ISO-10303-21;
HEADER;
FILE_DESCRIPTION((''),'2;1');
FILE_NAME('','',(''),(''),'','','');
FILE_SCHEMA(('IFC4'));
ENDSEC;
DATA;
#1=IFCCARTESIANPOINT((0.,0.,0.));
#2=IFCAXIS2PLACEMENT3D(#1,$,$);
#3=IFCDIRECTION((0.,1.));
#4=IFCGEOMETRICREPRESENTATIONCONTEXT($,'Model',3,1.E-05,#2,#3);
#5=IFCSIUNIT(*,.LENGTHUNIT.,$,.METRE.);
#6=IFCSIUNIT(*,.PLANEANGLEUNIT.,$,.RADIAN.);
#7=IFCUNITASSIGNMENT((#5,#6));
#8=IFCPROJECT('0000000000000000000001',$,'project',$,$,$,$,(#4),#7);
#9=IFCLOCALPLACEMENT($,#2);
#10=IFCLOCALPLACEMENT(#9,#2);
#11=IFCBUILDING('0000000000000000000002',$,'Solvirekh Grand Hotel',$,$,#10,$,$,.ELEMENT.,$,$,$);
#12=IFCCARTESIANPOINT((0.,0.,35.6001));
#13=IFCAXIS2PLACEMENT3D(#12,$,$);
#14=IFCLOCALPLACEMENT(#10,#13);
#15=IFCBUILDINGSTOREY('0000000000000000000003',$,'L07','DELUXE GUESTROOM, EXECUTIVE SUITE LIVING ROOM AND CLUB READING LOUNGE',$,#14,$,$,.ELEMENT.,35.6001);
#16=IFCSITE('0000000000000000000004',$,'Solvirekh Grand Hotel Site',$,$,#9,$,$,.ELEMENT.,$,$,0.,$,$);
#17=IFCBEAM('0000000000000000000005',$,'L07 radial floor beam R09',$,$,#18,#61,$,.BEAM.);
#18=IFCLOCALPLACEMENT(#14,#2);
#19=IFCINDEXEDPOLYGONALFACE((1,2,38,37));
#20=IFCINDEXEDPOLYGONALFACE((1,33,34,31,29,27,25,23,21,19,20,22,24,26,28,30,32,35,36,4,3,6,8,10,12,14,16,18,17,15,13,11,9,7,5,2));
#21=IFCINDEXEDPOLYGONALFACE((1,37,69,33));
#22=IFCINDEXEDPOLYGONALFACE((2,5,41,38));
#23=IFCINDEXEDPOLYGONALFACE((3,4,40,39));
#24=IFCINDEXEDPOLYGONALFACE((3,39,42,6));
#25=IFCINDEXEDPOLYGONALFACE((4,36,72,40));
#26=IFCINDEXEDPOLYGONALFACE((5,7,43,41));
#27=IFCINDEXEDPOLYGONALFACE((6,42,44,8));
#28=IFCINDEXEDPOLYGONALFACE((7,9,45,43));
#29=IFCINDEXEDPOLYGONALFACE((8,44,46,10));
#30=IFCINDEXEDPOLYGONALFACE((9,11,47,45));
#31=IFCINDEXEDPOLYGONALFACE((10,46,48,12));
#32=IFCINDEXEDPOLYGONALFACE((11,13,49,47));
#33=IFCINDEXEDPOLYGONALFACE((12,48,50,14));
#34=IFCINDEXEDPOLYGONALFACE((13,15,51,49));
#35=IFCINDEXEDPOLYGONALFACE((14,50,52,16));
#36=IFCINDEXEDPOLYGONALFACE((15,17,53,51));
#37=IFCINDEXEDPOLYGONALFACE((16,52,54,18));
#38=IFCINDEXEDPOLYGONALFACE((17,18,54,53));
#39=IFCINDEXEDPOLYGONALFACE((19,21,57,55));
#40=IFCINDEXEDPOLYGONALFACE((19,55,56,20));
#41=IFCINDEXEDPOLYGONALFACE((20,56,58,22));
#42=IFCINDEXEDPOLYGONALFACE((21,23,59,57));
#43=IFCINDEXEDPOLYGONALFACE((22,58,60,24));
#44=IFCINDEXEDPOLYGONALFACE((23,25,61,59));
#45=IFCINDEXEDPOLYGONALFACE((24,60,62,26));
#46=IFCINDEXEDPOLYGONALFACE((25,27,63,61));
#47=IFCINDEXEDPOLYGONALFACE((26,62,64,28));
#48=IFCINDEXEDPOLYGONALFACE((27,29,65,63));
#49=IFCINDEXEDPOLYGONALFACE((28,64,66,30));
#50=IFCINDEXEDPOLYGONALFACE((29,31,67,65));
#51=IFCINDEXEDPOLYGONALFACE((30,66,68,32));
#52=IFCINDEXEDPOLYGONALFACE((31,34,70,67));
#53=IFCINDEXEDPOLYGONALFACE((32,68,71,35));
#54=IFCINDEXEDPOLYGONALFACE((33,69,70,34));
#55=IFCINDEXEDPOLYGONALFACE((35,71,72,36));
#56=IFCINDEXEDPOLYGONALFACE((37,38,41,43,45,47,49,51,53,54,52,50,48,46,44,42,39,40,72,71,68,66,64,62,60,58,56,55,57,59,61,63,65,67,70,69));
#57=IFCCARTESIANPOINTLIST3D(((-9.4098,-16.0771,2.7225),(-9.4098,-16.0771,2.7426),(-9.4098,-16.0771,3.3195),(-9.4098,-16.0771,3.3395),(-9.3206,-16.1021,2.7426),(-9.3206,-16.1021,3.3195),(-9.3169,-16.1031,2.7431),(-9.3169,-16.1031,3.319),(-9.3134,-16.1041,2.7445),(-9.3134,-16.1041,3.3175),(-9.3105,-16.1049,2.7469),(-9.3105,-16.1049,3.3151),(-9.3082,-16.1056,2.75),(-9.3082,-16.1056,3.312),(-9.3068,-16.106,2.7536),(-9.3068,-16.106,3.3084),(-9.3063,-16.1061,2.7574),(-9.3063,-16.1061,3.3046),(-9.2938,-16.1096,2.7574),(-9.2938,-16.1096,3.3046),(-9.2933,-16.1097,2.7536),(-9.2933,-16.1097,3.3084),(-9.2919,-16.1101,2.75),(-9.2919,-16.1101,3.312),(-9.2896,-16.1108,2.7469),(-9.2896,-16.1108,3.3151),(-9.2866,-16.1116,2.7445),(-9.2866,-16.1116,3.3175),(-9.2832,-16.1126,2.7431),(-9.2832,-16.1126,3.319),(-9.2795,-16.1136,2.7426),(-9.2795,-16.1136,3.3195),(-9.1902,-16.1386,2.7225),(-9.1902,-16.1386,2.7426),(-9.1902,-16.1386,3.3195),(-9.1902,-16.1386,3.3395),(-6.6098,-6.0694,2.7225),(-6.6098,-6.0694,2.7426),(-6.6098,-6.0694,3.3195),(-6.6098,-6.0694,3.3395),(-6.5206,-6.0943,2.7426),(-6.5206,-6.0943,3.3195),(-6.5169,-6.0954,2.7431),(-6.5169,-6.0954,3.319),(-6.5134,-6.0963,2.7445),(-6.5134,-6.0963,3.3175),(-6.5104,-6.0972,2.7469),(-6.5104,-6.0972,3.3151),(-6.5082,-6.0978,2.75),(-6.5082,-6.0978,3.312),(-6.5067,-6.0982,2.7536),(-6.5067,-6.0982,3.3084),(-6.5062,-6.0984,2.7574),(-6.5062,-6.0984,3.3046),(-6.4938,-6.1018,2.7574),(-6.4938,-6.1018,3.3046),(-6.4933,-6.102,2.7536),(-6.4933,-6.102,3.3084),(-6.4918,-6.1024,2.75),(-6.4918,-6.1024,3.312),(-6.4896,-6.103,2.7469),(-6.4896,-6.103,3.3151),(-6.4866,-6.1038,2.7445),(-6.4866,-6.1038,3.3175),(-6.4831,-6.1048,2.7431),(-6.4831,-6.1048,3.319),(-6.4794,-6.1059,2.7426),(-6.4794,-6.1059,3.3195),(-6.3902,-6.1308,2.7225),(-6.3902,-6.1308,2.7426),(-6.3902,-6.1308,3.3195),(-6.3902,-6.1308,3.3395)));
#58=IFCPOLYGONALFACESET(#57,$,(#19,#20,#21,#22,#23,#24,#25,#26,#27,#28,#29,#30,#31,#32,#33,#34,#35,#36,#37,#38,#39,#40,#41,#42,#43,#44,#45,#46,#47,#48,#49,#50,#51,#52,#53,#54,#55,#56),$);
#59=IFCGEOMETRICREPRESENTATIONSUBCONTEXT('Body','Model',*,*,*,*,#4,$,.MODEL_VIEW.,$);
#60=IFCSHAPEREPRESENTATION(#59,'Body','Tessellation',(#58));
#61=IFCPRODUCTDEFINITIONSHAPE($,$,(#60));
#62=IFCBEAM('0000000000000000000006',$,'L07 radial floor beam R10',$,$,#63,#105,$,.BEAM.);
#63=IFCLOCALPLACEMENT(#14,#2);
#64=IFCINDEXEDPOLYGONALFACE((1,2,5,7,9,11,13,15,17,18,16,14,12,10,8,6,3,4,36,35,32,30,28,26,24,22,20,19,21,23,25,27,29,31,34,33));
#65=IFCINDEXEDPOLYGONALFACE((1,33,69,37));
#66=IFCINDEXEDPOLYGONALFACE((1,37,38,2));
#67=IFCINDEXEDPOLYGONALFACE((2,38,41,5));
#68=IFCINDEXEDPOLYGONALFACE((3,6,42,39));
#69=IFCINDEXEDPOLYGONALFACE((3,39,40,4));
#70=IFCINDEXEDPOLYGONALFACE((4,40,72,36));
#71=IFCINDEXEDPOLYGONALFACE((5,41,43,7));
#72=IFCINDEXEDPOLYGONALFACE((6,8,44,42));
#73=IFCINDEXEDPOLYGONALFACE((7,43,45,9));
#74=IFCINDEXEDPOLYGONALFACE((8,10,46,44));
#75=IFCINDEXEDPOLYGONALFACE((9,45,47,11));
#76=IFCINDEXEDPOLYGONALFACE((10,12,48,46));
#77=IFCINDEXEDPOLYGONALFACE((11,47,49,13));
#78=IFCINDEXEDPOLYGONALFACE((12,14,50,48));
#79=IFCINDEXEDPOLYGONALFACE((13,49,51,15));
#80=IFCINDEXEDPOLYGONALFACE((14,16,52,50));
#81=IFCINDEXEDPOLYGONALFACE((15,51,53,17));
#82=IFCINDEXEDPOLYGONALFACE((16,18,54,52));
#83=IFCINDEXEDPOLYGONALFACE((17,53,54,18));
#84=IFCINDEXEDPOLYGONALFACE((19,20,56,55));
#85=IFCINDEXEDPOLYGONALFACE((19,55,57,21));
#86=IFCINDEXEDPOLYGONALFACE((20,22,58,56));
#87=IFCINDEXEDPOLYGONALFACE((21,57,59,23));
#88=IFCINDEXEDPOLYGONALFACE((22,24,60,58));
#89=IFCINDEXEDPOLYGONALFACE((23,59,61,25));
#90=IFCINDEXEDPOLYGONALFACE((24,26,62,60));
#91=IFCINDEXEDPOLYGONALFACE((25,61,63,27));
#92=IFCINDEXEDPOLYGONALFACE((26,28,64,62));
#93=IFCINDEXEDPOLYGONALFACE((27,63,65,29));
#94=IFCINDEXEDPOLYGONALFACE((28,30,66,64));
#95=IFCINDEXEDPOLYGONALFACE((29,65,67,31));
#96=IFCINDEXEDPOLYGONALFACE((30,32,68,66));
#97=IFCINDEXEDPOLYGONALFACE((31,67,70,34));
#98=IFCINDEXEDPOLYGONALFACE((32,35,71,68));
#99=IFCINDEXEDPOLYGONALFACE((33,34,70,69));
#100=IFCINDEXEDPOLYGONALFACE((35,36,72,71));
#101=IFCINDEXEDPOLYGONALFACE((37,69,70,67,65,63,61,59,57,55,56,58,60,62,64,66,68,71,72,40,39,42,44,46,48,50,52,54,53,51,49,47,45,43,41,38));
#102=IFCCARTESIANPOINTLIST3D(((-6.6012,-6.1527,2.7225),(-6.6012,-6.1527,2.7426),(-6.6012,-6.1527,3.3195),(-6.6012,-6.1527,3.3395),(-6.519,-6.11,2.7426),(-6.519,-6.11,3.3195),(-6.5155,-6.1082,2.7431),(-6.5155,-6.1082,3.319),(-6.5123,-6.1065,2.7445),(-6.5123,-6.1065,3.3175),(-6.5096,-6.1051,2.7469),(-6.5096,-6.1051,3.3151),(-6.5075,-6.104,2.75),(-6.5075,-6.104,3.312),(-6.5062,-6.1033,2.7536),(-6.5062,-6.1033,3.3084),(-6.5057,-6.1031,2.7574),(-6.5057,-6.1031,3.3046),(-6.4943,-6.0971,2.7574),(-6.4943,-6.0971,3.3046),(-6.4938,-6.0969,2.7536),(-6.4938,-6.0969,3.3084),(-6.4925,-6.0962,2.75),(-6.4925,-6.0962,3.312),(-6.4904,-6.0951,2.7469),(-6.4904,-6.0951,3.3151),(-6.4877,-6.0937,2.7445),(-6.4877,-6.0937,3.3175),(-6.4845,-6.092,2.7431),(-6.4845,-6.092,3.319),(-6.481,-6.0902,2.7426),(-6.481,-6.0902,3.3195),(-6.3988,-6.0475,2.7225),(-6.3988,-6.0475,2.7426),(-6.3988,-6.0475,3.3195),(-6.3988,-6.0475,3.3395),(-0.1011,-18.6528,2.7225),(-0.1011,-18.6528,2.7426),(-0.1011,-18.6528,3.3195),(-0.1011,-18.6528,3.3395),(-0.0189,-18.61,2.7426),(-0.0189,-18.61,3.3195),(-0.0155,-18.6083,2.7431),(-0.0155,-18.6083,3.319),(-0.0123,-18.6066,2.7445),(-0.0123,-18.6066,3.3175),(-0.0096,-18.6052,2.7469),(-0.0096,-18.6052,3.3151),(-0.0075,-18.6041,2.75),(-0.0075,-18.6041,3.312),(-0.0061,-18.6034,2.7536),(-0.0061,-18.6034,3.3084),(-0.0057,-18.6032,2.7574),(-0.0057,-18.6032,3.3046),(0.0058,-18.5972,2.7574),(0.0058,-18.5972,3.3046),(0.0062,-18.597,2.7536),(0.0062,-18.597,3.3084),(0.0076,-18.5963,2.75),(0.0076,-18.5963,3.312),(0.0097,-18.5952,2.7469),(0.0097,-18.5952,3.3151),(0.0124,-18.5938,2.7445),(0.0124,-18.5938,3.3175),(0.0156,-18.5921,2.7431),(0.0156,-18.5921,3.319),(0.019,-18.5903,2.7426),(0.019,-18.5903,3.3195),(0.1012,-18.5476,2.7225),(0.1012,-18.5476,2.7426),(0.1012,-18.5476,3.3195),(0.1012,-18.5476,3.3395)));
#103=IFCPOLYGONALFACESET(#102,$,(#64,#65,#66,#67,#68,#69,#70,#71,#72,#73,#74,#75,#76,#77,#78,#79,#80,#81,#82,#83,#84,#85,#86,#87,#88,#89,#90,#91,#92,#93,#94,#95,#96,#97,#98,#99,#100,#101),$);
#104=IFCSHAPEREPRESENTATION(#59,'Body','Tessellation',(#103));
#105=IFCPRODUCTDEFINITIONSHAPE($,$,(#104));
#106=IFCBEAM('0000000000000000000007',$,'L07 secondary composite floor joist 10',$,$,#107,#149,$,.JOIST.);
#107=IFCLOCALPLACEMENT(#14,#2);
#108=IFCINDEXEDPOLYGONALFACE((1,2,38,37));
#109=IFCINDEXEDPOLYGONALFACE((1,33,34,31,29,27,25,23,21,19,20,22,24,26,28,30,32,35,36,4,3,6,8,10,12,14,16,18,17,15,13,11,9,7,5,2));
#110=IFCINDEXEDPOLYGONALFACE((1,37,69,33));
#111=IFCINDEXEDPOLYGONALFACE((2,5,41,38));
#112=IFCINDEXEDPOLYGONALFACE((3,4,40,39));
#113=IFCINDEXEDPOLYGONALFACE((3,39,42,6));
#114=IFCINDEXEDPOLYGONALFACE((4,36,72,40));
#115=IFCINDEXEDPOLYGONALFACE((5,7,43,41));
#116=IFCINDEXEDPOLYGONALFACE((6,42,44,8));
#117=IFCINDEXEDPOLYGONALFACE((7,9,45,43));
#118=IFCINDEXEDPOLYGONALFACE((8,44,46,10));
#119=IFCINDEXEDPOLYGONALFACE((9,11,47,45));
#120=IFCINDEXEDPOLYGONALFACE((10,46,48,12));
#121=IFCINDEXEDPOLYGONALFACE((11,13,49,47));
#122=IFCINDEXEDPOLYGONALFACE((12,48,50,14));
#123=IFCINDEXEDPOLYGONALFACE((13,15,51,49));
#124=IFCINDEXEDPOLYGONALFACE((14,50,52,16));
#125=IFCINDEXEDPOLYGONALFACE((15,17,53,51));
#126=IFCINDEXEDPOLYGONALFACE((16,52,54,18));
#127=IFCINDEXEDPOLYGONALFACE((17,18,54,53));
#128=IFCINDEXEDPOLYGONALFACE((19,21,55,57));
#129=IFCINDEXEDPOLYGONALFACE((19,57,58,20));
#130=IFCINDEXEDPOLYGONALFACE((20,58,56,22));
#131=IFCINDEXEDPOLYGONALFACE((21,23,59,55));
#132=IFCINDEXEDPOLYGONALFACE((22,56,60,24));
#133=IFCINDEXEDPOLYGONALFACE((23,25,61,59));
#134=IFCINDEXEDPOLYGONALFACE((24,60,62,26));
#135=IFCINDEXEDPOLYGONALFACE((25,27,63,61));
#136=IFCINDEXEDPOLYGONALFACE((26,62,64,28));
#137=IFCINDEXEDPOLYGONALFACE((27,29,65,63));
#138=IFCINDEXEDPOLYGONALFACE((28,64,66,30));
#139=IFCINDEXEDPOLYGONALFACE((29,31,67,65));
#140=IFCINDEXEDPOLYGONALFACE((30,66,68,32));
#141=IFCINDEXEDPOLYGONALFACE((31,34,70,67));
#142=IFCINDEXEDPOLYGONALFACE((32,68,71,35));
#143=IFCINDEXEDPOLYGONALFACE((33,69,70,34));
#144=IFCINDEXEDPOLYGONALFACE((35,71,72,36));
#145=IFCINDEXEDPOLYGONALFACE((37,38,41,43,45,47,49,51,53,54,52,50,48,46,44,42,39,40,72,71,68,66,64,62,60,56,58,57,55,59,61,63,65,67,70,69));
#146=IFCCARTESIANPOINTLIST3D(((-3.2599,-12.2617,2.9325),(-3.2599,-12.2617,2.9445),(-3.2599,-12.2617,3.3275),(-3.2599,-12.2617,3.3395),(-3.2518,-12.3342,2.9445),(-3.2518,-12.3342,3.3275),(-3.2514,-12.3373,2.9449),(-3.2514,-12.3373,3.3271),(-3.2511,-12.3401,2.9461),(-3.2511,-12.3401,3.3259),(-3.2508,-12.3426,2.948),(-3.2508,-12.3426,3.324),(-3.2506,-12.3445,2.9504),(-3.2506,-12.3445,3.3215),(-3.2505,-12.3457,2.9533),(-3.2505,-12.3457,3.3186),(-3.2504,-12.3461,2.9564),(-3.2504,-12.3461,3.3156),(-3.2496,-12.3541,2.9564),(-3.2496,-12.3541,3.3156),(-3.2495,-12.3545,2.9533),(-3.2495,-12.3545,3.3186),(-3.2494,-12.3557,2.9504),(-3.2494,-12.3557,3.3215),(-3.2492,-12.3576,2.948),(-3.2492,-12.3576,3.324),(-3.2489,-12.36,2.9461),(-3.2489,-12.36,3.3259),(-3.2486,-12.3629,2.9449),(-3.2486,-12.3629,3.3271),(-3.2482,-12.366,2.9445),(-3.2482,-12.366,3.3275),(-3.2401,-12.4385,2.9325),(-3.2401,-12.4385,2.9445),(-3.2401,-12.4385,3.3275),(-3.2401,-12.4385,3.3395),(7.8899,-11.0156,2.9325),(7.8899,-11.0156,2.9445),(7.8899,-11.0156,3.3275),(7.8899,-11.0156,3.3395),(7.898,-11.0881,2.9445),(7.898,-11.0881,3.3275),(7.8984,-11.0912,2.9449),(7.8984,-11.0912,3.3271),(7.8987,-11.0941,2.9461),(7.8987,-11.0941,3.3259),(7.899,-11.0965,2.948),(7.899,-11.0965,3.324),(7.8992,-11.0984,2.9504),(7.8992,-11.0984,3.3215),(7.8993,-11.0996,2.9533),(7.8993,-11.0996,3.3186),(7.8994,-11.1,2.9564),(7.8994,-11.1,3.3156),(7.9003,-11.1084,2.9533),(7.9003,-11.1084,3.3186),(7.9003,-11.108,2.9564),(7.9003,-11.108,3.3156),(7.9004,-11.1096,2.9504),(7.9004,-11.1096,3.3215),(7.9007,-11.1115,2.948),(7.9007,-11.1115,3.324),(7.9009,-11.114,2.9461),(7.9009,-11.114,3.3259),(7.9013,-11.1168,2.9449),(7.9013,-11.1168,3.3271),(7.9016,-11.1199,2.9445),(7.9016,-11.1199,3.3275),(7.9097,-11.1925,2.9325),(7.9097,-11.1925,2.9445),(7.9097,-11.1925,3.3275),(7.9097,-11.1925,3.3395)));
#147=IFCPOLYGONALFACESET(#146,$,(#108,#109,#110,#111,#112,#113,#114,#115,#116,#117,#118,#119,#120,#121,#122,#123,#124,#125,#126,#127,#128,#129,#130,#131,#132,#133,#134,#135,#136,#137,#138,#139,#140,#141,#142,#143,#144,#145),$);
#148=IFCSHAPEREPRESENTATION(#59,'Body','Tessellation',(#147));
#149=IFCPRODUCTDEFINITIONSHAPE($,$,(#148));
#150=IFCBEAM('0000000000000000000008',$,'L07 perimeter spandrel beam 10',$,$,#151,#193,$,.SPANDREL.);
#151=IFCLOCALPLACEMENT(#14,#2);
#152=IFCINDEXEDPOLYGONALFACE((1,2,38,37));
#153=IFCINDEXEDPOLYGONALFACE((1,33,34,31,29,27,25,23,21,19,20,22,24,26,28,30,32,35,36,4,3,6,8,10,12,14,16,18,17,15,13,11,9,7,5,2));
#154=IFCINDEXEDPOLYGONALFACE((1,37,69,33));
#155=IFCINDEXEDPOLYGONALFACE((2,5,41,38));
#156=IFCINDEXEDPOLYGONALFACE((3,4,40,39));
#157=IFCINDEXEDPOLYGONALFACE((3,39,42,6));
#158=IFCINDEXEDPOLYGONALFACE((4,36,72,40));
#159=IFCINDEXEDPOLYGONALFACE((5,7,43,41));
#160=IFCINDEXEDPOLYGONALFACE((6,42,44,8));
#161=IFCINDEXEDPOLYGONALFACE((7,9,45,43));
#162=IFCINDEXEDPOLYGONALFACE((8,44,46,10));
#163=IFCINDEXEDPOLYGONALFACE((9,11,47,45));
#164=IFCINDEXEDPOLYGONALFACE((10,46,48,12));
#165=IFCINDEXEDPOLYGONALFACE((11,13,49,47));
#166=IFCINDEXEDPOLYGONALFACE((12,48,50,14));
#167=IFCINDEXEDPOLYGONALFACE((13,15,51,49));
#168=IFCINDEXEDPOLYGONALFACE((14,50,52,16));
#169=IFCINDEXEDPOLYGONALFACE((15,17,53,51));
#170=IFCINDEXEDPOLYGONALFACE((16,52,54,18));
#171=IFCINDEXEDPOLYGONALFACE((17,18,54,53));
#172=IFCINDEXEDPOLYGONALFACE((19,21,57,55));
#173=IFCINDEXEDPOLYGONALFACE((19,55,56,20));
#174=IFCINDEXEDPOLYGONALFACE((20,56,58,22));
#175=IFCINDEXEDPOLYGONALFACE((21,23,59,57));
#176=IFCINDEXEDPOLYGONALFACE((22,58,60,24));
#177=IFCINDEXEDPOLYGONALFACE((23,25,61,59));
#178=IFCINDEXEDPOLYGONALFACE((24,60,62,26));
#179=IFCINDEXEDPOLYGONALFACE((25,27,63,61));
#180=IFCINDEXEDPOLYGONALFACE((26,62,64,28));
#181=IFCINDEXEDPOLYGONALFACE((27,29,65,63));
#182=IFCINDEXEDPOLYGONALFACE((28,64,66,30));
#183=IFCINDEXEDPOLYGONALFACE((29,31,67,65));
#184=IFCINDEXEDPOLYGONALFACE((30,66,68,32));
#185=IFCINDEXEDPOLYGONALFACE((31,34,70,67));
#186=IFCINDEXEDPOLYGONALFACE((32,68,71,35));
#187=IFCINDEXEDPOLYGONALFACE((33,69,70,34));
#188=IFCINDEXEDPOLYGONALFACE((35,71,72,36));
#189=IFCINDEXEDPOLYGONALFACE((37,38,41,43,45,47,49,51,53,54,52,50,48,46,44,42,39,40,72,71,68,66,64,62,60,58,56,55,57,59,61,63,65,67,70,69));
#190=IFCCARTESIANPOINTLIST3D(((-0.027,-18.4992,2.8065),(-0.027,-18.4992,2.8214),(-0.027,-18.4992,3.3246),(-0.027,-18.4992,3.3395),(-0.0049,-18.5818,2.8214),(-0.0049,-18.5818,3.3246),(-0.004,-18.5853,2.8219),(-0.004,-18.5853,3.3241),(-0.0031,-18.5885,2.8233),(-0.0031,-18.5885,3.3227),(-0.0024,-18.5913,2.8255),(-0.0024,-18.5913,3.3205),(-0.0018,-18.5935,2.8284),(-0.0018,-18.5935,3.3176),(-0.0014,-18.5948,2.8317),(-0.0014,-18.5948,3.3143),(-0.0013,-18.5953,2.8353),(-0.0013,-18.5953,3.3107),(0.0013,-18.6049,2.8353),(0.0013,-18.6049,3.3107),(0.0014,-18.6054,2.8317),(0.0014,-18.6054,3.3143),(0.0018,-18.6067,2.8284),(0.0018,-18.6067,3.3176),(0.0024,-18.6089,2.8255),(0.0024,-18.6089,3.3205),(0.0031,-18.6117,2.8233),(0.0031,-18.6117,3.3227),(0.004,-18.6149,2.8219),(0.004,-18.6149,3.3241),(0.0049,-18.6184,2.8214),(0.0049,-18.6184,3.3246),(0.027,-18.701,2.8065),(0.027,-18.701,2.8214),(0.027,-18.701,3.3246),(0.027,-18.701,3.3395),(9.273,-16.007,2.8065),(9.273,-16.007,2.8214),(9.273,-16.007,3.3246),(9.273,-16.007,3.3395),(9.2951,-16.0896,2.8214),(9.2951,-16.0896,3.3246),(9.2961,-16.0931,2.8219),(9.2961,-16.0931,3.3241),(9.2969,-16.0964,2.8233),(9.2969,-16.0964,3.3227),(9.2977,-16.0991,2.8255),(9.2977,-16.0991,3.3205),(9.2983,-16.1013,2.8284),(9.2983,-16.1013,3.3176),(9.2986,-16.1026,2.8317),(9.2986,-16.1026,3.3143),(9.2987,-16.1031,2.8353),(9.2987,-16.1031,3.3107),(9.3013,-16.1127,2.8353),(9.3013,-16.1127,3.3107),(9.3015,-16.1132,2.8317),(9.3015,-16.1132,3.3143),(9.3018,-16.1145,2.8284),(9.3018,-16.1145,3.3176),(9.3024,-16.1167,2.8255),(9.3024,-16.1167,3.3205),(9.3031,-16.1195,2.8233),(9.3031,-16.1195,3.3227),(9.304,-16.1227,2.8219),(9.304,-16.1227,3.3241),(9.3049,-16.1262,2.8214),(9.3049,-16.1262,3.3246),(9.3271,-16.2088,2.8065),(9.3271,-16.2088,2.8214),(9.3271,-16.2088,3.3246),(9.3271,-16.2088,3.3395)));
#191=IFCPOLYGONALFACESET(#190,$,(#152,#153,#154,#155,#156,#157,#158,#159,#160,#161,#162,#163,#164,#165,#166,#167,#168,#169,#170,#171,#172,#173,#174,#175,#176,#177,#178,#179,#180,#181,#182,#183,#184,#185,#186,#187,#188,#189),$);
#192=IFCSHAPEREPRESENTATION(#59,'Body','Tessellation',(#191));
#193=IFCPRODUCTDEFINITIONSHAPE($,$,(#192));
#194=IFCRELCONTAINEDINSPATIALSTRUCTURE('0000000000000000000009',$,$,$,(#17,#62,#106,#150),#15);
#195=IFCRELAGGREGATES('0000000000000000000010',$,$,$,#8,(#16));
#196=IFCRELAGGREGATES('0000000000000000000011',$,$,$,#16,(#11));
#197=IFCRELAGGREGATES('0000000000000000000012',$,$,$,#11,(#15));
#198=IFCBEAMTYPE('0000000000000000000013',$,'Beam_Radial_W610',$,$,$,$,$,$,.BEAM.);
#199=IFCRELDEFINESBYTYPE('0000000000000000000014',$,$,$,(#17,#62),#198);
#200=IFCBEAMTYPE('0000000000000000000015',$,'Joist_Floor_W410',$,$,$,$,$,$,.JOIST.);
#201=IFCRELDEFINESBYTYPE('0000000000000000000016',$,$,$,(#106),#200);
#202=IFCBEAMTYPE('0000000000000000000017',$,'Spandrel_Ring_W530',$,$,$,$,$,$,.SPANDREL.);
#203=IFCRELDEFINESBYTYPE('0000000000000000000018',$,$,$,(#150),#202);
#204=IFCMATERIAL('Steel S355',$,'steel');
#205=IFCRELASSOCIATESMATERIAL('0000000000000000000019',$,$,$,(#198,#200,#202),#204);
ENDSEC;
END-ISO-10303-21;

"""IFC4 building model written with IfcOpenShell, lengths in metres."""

from ifc_helpers import new_model, si_unit, direction, frame, origin, origin_2d, place, context, subcontext, project, spatial, i_section, extrude, material, material_profile, profile_set, type_object, element, save


model = new_model("IFC4")

# Units and contexts
model_context = context("Model", 3, precision=1e-05, world=origin(), true_north=direction((0.0, 1.0)))
body_context = subcontext(model_context, "Body", "Model", "MODEL_VIEW")
ifc_project = project(units=[si_unit("LENGTHUNIT", "METRE"), si_unit("PLANEANGLEUNIT", "RADIAN")], contexts=[model_context])

# Site, building, storey
site_placement = place(None, origin())
site = spatial("IfcSite", under=ifc_project, at=site_placement, Name="Solvirekh Grand Hotel Site", CompositionType="ELEMENT", RefElevation=0.0)
building_placement = place(site_placement, origin())
building = spatial("IfcBuilding", under=site, at=building_placement, Name="Solvirekh Grand Hotel", CompositionType="ELEMENT")
storey_placement = place(building_placement, frame((0.0, 0.0, 35.6001)))
storey = spatial("IfcBuildingStorey", under=building, at=storey_placement, Name="L07", Description="DELUXE GUESTROOM, EXECUTIVE SUITE LIVING ROOM AND CLUB READING LOUNGE", CompositionType="ELEMENT", Elevation=35.6001)

# Beams
ifc_material_1 = material(Name="Steel S355", Category="steel")
ifc_material_profile_1 = material_profile(ifc_material_1, i_section(OverallWidth=0.228, OverallDepth=0.6169, WebThickness=0.0129, FlangeThickness=0.02, FilletRadius=0.0149, at=origin_2d()), Name="W610X140")
ifc_profile_set_1 = profile_set([ifc_material_profile_1], Name="Steel S355")
beam_type_1 = type_object("IfcBeamType", Name="Beam_Radial_W610", PredefinedType="BEAM", material=ifc_profile_set_1)
beam_1_placement = place(storey_placement, frame((-6.5, -6.1001, 3.031), z_axis=(-0.269439, -0.963017, 0.0), x_axis=(0.963017, -0.269439, 0.0)))
element("IfcBeam", 1, at=beam_1_placement, inside=storey, type_object=beam_type_1, Name="L07 radial floor beam R09", PredefinedType="BEAM", context=body_context, shape_type="SweptSolid", body=[
    extrude(i_section(OverallWidth=0.228, OverallDepth=0.6169, WebThickness=0.0129, FlangeThickness=0.02, FilletRadius=0.0149, at=origin_2d()), origin(), (0.0, 0.0, 1.0), 10.3921),
])
beam_2_placement = place(storey_placement, frame((-6.5, -6.1001, 3.031), z_axis=(0.461353, -0.887217, 0.0), x_axis=(0.887217, 0.461353, 0.0)))
element("IfcBeam", 2, at=beam_2_placement, inside=storey, type_object=beam_type_1, Name="L07 radial floor beam R10", PredefinedType="BEAM", context=body_context, shape_type="SweptSolid", body=[
    extrude(i_section(OverallWidth=0.228, OverallDepth=0.6169, WebThickness=0.0129, FlangeThickness=0.02, FilletRadius=0.0149, at=origin_2d()), origin(), (0.0, 0.0, 1.0), 14.0891),
])
ifc_material_profile_2 = material_profile(ifc_material_1, i_section(OverallWidth=0.178, OverallDepth=0.407, WebThickness=0.0081, FlangeThickness=0.012, FilletRadius=0.012, at=origin_2d()), Name="W410X60")
ifc_profile_set_2 = profile_set([ifc_material_profile_2], Name="Steel S355")
beam_type_2 = type_object("IfcBeamType", Name="Joist_Floor_W410", PredefinedType="JOIST", material=ifc_profile_set_2)
beam_3_placement = place(storey_placement, frame((-3.25, -12.3501, 3.136), z_axis=(0.993813, 0.111067, 0.0), x_axis=(-0.111067, 0.993813, 0.0)))
element("IfcBeam", 3, at=beam_3_placement, inside=storey, type_object=beam_type_2, Name="L07 secondary composite floor joist 10", PredefinedType="JOIST", context=body_context, shape_type="SweptSolid", body=[
    extrude(i_section(OverallWidth=0.178, OverallDepth=0.407, WebThickness=0.0081, FlangeThickness=0.012, FilletRadius=0.012, at=origin_2d()), origin(), (0.0, 0.0, 1.0), 11.2192),
])
ifc_material_profile_3 = material_profile(ifc_material_1, i_section(OverallWidth=0.209, OverallDepth=0.533, WebThickness=0.01, FlangeThickness=0.0149, FilletRadius=0.0139, at=origin_2d()), Name="W530X92")
ifc_profile_set_3 = profile_set([ifc_material_profile_3], Name="Steel S355")
beam_type_3 = type_object("IfcBeamType", Name="Spandrel_Ring_W530", PredefinedType="SPANDREL", material=ifc_profile_set_3)
beam_4_placement = place(storey_placement, frame((0.0, -18.6001, 3.073), z_axis=(0.965919, 0.258843, 0.0), x_axis=(-0.258843, 0.965919, 0.0)))
element("IfcBeam", 4, at=beam_4_placement, inside=storey, type_object=beam_type_3, Name="L07 perimeter spandrel beam 10", PredefinedType="SPANDREL", context=body_context, shape_type="SweptSolid", body=[
    extrude(i_section(OverallWidth=0.209, OverallDepth=0.533, WebThickness=0.01, FlangeThickness=0.0149, FilletRadius=0.0139, at=origin_2d()), origin(), (0.0, 0.0, 1.0), 9.6282),
])

save(model, "model.ifc")
